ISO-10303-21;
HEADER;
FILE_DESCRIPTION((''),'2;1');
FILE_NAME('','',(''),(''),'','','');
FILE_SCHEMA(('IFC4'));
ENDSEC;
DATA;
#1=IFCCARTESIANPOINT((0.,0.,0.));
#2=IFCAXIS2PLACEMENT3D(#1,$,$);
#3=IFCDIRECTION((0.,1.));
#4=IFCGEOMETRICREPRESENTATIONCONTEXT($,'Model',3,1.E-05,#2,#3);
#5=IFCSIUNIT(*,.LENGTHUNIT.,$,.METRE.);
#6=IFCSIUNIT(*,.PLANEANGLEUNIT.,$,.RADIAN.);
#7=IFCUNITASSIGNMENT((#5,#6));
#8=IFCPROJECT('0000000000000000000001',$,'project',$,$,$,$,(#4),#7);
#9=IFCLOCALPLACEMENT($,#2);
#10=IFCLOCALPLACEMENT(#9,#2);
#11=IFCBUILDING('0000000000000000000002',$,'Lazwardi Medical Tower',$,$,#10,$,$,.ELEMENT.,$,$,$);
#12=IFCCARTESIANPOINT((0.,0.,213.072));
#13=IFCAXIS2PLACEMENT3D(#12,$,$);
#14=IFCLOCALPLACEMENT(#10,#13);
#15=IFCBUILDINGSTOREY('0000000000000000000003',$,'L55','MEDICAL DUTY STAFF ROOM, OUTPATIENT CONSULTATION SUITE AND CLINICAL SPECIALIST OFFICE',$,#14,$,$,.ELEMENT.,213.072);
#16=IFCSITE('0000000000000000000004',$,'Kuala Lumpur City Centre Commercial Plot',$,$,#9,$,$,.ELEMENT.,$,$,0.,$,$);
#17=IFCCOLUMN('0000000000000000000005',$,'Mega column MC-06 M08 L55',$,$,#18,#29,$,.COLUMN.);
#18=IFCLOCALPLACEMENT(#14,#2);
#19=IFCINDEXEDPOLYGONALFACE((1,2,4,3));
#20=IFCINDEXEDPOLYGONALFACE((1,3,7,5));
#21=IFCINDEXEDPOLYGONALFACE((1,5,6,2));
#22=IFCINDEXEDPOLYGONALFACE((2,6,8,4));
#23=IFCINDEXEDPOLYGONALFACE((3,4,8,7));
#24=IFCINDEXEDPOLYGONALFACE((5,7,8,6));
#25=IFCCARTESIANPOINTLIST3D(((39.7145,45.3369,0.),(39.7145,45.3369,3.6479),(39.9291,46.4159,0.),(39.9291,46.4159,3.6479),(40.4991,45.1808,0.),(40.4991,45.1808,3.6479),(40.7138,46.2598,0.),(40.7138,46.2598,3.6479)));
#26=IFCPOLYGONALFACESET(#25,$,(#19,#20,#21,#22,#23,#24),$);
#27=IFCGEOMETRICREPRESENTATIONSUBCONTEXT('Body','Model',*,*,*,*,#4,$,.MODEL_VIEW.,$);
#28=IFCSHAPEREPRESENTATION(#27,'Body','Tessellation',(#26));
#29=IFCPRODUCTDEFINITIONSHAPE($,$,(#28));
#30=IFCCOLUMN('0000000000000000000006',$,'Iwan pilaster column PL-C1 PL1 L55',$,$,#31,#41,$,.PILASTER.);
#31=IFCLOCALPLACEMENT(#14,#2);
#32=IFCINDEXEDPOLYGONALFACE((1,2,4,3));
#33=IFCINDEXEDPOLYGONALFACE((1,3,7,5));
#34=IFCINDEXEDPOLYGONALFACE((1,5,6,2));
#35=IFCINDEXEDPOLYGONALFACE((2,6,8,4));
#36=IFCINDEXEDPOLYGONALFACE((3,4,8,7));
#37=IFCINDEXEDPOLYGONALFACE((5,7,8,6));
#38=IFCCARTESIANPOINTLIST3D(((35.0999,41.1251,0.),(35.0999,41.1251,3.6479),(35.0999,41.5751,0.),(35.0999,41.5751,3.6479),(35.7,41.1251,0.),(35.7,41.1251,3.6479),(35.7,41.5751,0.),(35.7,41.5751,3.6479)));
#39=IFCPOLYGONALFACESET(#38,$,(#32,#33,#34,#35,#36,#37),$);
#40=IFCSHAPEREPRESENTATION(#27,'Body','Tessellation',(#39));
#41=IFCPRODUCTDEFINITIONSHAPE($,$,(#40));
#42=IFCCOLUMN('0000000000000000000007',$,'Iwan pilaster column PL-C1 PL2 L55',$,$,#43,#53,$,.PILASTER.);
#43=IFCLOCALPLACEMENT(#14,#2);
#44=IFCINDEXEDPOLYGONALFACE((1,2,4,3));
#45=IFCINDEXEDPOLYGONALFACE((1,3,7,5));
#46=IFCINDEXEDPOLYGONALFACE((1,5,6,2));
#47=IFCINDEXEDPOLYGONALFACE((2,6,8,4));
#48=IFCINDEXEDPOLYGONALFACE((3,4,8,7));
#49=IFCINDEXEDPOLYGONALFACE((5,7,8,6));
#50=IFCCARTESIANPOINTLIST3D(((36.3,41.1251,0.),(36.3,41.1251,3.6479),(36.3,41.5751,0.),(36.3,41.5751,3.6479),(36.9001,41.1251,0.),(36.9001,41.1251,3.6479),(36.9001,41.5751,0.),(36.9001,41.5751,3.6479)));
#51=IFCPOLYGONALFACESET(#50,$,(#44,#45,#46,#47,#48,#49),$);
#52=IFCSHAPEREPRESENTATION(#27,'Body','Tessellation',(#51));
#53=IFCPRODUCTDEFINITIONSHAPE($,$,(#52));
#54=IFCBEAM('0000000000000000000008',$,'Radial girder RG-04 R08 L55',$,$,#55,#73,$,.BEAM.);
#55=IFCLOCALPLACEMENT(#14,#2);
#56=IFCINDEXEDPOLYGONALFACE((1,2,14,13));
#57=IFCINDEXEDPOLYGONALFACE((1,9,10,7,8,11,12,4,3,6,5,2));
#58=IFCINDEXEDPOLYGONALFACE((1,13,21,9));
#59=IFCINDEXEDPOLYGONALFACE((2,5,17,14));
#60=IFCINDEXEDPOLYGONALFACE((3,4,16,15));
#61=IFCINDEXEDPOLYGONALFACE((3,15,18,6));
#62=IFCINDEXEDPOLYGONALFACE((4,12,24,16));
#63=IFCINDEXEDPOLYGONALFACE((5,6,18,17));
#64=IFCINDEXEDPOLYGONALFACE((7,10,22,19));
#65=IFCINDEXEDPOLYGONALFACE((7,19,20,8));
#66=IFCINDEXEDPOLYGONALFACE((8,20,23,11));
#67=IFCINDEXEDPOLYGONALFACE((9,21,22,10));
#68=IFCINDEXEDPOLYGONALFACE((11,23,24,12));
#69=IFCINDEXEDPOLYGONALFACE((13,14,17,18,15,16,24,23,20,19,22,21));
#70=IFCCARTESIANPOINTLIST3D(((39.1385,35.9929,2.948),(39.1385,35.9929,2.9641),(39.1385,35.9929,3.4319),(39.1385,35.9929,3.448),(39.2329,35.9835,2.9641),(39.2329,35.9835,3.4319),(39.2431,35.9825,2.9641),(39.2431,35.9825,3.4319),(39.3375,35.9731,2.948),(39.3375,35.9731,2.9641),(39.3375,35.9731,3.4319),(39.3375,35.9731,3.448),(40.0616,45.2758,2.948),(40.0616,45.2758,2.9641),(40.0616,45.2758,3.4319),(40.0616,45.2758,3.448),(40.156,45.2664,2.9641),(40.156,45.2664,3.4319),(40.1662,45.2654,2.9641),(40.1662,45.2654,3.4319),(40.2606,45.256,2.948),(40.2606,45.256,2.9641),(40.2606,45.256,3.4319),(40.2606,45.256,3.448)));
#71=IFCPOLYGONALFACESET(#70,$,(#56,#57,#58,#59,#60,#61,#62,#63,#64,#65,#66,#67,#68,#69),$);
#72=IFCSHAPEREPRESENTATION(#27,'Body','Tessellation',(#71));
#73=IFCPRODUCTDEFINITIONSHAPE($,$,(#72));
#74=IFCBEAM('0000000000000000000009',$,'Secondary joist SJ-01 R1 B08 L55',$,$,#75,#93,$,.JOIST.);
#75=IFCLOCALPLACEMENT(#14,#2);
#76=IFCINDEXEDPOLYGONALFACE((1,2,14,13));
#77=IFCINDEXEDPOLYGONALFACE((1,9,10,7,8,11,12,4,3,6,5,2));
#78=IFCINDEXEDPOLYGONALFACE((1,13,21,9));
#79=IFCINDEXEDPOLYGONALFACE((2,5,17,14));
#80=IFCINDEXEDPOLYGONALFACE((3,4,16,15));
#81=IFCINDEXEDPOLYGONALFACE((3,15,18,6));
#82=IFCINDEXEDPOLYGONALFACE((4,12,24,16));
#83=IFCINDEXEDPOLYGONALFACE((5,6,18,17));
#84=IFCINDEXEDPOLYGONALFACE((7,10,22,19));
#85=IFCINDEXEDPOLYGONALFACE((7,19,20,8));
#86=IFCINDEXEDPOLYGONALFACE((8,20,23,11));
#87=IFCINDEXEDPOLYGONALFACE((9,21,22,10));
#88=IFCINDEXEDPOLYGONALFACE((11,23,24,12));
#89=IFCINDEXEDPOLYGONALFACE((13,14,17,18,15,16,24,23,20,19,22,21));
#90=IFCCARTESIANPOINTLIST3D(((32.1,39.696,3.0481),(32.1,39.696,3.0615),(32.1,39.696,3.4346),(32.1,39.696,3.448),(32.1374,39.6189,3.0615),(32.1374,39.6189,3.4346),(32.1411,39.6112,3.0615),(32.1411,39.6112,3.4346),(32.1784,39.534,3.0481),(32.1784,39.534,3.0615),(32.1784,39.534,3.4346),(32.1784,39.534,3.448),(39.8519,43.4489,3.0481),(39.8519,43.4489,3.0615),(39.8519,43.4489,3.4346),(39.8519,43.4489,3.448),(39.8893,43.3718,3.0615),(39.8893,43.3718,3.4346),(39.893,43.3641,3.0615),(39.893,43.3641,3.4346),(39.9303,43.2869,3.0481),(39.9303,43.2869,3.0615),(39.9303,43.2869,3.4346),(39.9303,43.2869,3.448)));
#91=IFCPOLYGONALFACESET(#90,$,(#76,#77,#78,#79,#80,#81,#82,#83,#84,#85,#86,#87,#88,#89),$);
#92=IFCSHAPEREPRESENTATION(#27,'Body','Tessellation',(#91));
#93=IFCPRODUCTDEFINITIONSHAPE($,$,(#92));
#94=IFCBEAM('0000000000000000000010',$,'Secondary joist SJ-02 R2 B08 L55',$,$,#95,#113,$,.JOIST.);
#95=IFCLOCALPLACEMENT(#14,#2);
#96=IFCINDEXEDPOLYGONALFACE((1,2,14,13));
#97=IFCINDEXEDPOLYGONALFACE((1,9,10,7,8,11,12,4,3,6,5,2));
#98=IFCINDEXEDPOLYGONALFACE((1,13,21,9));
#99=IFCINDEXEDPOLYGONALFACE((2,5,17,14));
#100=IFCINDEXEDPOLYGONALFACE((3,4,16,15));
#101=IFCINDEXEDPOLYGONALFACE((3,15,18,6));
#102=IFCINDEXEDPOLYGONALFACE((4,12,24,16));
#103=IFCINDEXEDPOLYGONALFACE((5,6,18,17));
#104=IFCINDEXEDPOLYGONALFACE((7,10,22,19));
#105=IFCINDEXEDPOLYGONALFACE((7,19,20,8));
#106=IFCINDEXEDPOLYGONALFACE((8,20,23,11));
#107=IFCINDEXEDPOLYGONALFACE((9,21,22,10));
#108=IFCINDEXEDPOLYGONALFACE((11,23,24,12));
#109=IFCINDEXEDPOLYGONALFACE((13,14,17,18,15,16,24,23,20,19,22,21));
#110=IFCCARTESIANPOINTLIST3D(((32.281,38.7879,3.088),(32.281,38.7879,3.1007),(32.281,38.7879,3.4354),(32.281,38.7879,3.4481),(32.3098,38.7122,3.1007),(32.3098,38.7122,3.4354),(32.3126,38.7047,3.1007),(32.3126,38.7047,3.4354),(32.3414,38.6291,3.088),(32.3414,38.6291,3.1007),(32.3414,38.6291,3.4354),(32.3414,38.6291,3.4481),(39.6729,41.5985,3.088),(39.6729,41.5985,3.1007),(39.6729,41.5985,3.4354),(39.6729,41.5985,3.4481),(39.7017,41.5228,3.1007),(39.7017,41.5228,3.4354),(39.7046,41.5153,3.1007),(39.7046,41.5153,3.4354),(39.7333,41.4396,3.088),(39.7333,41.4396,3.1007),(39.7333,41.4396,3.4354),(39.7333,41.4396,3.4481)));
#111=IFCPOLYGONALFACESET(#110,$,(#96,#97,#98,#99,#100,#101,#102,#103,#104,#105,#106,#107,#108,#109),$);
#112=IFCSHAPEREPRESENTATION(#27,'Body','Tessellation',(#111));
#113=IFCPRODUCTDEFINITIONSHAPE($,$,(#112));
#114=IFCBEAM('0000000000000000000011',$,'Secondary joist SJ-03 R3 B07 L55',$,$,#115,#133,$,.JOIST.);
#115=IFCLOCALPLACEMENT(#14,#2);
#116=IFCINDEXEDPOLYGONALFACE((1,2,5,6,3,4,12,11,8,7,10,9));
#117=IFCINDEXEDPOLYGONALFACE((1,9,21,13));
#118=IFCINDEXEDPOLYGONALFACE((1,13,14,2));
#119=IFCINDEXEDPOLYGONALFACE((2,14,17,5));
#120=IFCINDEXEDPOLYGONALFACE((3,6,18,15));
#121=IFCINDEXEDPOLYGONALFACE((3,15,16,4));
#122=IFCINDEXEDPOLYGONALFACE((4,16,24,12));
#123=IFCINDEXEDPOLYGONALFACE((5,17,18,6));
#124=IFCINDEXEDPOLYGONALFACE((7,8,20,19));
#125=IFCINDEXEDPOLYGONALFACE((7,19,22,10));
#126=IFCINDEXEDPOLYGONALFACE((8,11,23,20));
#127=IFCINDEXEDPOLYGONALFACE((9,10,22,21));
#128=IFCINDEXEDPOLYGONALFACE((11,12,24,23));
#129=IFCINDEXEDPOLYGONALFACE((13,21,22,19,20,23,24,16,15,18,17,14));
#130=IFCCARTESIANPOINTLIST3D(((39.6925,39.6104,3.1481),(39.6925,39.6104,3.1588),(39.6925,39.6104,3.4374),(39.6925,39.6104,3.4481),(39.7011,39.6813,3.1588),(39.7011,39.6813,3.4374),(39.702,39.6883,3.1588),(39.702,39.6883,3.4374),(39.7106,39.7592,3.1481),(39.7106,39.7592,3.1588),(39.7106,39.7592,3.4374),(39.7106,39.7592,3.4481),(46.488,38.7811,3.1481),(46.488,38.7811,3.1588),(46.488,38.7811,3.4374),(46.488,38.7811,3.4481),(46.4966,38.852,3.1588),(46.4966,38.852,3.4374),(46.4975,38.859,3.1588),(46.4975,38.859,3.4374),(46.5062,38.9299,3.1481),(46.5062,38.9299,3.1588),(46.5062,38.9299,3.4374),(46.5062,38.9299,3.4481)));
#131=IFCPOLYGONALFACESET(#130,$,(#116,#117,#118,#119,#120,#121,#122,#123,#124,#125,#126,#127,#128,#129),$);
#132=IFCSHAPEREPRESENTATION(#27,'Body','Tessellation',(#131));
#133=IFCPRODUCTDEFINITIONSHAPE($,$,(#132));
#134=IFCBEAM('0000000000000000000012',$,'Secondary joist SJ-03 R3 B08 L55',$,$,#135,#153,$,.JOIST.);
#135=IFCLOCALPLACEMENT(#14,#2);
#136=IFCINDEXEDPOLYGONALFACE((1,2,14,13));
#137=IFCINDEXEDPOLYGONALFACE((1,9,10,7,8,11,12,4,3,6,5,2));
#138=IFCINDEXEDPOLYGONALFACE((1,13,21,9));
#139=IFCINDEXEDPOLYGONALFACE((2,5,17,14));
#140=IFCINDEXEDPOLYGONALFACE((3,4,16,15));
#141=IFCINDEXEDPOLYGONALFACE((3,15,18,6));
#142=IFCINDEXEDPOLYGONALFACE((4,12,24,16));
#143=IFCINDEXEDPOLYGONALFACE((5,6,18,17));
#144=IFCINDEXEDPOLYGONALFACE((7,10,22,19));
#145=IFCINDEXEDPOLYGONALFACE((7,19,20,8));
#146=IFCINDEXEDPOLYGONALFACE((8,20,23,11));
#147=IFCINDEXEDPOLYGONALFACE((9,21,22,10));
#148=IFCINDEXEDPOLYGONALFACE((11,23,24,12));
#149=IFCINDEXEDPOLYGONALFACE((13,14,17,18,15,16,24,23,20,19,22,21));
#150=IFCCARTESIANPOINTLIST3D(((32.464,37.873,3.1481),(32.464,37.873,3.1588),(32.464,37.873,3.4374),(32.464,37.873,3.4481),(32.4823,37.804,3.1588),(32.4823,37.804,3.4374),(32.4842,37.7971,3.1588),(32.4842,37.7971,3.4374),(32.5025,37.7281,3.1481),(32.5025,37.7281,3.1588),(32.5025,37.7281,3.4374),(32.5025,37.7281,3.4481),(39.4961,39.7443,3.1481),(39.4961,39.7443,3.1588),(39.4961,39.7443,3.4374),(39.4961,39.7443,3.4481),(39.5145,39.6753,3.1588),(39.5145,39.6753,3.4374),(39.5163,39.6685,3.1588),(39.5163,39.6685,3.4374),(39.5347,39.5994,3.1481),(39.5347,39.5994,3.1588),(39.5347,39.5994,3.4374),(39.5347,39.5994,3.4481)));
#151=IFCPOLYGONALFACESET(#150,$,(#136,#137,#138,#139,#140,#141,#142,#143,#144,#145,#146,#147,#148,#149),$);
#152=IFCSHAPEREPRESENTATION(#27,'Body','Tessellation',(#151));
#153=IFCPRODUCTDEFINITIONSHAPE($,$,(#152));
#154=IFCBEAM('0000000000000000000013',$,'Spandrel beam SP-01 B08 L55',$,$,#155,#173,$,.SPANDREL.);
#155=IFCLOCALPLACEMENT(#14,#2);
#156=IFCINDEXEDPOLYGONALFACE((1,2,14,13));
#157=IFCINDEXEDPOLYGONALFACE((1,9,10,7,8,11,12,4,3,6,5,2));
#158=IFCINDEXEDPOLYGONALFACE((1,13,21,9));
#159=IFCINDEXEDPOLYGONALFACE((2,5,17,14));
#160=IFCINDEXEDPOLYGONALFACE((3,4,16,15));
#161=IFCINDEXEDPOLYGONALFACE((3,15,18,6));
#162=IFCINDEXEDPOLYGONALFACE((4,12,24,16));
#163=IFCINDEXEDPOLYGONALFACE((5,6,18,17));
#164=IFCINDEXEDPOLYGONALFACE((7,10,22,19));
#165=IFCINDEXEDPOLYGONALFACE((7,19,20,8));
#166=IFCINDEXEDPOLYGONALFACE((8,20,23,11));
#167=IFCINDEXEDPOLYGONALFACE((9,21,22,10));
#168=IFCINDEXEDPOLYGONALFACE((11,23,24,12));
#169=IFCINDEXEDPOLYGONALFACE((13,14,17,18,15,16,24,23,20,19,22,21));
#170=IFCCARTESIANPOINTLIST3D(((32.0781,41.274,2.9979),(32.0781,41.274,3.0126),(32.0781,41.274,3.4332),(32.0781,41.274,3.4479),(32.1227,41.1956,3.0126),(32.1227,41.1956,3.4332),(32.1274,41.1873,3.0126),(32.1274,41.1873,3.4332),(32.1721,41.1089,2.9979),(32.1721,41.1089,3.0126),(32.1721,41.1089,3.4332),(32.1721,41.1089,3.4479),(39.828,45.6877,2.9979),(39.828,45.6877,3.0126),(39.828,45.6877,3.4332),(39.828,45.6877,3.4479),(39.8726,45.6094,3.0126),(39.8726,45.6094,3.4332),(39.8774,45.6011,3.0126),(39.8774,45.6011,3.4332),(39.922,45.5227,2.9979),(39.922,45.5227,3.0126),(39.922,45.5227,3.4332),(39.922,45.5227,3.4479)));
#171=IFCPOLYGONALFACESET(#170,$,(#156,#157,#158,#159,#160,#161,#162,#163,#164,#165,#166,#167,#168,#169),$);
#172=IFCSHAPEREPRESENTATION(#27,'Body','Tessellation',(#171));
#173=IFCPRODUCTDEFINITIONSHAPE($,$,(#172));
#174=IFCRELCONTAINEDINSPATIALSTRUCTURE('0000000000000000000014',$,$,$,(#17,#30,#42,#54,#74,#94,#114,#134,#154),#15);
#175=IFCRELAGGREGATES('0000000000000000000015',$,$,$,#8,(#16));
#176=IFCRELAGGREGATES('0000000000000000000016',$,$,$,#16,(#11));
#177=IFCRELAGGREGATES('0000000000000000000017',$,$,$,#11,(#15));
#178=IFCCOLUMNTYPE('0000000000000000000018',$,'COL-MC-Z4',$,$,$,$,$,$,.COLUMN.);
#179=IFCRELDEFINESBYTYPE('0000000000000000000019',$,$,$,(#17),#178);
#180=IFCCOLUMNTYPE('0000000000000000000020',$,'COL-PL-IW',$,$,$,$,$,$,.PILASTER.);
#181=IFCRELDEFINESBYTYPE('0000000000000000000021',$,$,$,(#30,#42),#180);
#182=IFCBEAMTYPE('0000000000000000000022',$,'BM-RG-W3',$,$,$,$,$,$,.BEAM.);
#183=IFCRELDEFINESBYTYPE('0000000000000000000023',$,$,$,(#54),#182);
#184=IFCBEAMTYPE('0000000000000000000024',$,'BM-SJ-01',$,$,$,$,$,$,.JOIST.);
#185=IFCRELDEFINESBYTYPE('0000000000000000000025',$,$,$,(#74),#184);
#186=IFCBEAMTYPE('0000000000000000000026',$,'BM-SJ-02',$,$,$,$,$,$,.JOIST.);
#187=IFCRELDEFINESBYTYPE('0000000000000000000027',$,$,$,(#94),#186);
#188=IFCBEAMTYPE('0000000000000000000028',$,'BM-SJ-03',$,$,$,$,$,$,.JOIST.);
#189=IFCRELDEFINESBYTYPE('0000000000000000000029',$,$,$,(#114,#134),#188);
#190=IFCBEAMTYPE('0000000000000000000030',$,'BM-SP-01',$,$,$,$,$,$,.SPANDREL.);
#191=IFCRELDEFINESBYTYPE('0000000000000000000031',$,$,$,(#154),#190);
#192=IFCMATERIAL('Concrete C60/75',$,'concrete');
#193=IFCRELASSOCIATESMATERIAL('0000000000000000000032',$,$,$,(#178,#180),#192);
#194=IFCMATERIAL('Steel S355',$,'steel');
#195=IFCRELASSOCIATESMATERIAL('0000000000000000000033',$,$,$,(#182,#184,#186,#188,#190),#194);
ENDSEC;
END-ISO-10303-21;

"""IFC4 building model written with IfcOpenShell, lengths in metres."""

from ifc_helpers import new_model, si_unit, direction, frame, origin, origin_2d, place, context, subcontext, project, spatial, rectangle, i_section, extrude, material, material_profile, profile_set, type_object, element, save


model = new_model("IFC4")

# Units and contexts
model_context = context("Model", 3, precision=1e-05, world=origin(), true_north=direction((0.0, 1.0)))
body_context = subcontext(model_context, "Body", "Model", "MODEL_VIEW")
ifc_project = project(units=[si_unit("LENGTHUNIT", "METRE"), si_unit("PLANEANGLEUNIT", "RADIAN")], contexts=[model_context])

# Site, building, storey
site_placement = place(None, origin())
site = spatial("IfcSite", under=ifc_project, at=site_placement, Name="Kuala Lumpur City Centre Commercial Plot", CompositionType="ELEMENT", RefElevation=0.0)
building_placement = place(site_placement, origin())
building = spatial("IfcBuilding", under=site, at=building_placement, Name="Lazwardi Medical Tower", CompositionType="ELEMENT")
storey_placement = place(building_placement, frame((0.0, 0.0, 213.072)))
storey = spatial("IfcBuildingStorey", under=building, at=storey_placement, Name="L55", Description="MEDICAL DUTY STAFF ROOM, OUTPATIENT CONSULTATION SUITE AND CLINICAL SPECIALIST OFFICE", CompositionType="ELEMENT", Elevation=213.072)

# Columns
ifc_material_1 = material(Name="Concrete C60/75", Category="concrete")
ifc_material_profile_1 = material_profile(ifc_material_1, rectangle(XDim=1.1001, YDim=0.8, at=origin_2d()), Name="CFT-RECT 1100x800")
ifc_profile_set_1 = profile_set([ifc_material_profile_1], Name="Concrete C60/75")
column_type_1 = type_object("IfcColumnType", Name="COL-MC-Z4", PredefinedType="COLUMN", material=ifc_profile_set_1)
column_placement = place(storey_placement, frame((40.2141, 45.7983, 0.0), z_axis=(0.0, 0.0, 1.0), x_axis=(0.19509, 0.980785, 0.0)))
element("IfcColumn", 1, at=column_placement, inside=storey, type_object=column_type_1, Name="Mega column MC-06 M08 L55", PredefinedType="COLUMN", context=body_context, shape_type="SweptSolid", body=[
    extrude(rectangle(XDim=1.1001, YDim=0.8, at=origin_2d()), origin(), (0.0, 0.0, 1.0), 3.6479),
])
ifc_material_profile_2 = material_profile(ifc_material_1, rectangle(XDim=0.6001, YDim=0.45, at=origin_2d()), Name="RC 600x450")
ifc_profile_set_2 = profile_set([ifc_material_profile_2], Name="Concrete C60/75")
column_type_2 = type_object("IfcColumnType", Name="COL-PL-IW", PredefinedType="PILASTER", material=ifc_profile_set_2)
for number, where, z_axis, x_axis, name in (
    (2, (35.3999, 41.3501, 0.0), (0.0, 0.0, 1.0), (1.0, 0.0, 0.0), "Iwan pilaster column PL-C1 PL1 L55"),
    (3, (36.6001, 41.3501, 0.0), (0.0, 0.0, 1.0), (1.0, 0.0, 0.0), "Iwan pilaster column PL-C1 PL2 L55"),
):
    element("IfcColumn", number, at=place(storey_placement, frame(where, z_axis=z_axis, x_axis=x_axis)), inside=storey, type_object=column_type_2, Name=name, PredefinedType="PILASTER", context=body_context, shape_type="SweptSolid", body=[
        extrude(rectangle(XDim=0.6001, YDim=0.45, at=origin_2d()), origin(), (0.0, 0.0, 1.0), 3.6479),
    ])

# Beams
ifc_material_2 = material(Name="Steel S355", Category="steel")
ifc_material_profile_3 = material_profile(ifc_material_2, i_section(OverallWidth=0.2, OverallDepth=0.5, WebThickness=0.0103, FlangeThickness=0.0161, at=origin_2d()), Name="IPE 500")
ifc_profile_set_3 = profile_set([ifc_material_profile_3], Name="Steel S355")
beam_type_1 = type_object("IfcBeamType", Name="BM-RG-W3", PredefinedType="BEAM", material=ifc_profile_set_3)
beam_1_placement = place(storey_placement, frame((40.1611, 45.2659, 3.198), z_axis=(-0.098954, -0.995092, 0.0), x_axis=(0.995092, -0.098954, 0.0)))
element("IfcBeam", 4, at=beam_1_placement, inside=storey, type_object=beam_type_1, Name="Radial girder RG-04 R08 L55", PredefinedType="BEAM", context=body_context, shape_type="SweptSolid", body=[
    extrude(i_section(OverallWidth=0.2, OverallDepth=0.5, WebThickness=0.0103, FlangeThickness=0.0161, at=origin_2d()), origin(), (0.0, 0.0, 1.0), 9.3286),
])
ifc_material_profile_4 = material_profile(ifc_material_2, i_section(OverallWidth=0.1799, OverallDepth=0.3999, WebThickness=0.0085, FlangeThickness=0.0134, at=origin_2d()), Name="IPE 400")
ifc_profile_set_4 = profile_set([ifc_material_profile_4], Name="Steel S355")
beam_type_2 = type_object("IfcBeamType", Name="BM-SJ-01", PredefinedType="JOIST", material=ifc_profile_set_4)
beam_2_placement = place(storey_placement, frame((39.8911, 43.3679, 3.248), z_axis=(-0.900069, -0.435748, 0.0), x_axis=(0.435748, -0.900069, 0.0)))
element("IfcBeam", 5, at=beam_2_placement, inside=storey, type_object=beam_type_2, Name="Secondary joist SJ-01 R1 B08 L55", PredefinedType="JOIST", context=body_context, shape_type="SweptSolid", body=[
    extrude(i_section(OverallWidth=0.1799, OverallDepth=0.3999, WebThickness=0.0085, FlangeThickness=0.0134, at=origin_2d()), origin(), (0.0, 0.0, 1.0), 8.6125),
])
ifc_material_profile_5 = material_profile(ifc_material_2, i_section(OverallWidth=0.1699, OverallDepth=0.3601, WebThickness=0.0081, FlangeThickness=0.0127, at=origin_2d()), Name="IPE 360")
ifc_profile_set_5 = profile_set([ifc_material_profile_5], Name="Steel S355")
beam_type_3 = type_object("IfcBeamType", Name="BM-SJ-02", PredefinedType="JOIST", material=ifc_profile_set_5)
beam_3_placement = place(storey_placement, frame((39.7031, 41.519, 3.2681), z_axis=(-0.934714, -0.3554, 0.0), x_axis=(0.3554, -0.934714, 0.0)))
element("IfcBeam", 6, at=beam_3_placement, inside=storey, type_object=beam_type_3, Name="Secondary joist SJ-02 R2 B08 L55", PredefinedType="JOIST", context=body_context, shape_type="SweptSolid", body=[
    extrude(i_section(OverallWidth=0.1699, OverallDepth=0.3601, WebThickness=0.0081, FlangeThickness=0.0127, at=origin_2d()), origin(), (0.0, 0.0, 1.0), 7.9082),
])
ifc_material_profile_6 = material_profile(ifc_material_2, i_section(OverallWidth=0.1499, OverallDepth=0.3, WebThickness=0.0071, FlangeThickness=0.0107, at=origin_2d()), Name="IPE 300")
ifc_profile_set_6 = profile_set([ifc_material_profile_6], Name="Steel S355")
beam_type_4 = type_object("IfcBeamType", Name="BM-SJ-03", PredefinedType="JOIST", material=ifc_profile_set_6)
beam_4_placement = place(storey_placement, frame((46.4971, 38.8555, 3.2981), z_axis=(-0.992635, 0.121146, 0.0), x_axis=(-0.121146, -0.992635, 0.0)))
element("IfcBeam", 7, at=beam_4_placement, inside=storey, type_object=beam_type_4, Name="Secondary joist SJ-03 R3 B07 L55", PredefinedType="JOIST", context=body_context, shape_type="SweptSolid", body=[
    extrude(i_section(OverallWidth=0.1499, OverallDepth=0.3, WebThickness=0.0071, FlangeThickness=0.0107, at=origin_2d()), origin(), (0.0, 0.0, 1.0), 6.8459),
])
beam_5_placement = place(storey_placement, frame((39.5154, 39.6719, 3.2981), z_axis=(-0.966369, -0.257159, 0.0), x_axis=(0.257159, -0.966369, 0.0)))
element("IfcBeam", 8, at=beam_5_placement, inside=storey, type_object=beam_type_4, Name="Secondary joist SJ-03 R3 B08 L55", PredefinedType="JOIST", context=body_context, shape_type="SweptSolid", body=[
    extrude(i_section(OverallWidth=0.1499, OverallDepth=0.3, WebThickness=0.0071, FlangeThickness=0.0107, at=origin_2d()), origin(), (0.0, 0.0, 1.0), 7.2769),
])
ifc_material_profile_7 = material_profile(ifc_material_2, i_section(OverallWidth=0.1899, OverallDepth=0.45, WebThickness=0.0095, FlangeThickness=0.0146, at=origin_2d()), Name="IPE 450")
ifc_profile_set_7 = profile_set([ifc_material_profile_7], Name="Steel S355")
beam_type_5 = type_object("IfcBeamType", Name="BM-SP-01", PredefinedType="SPANDREL", material=ifc_profile_set_7)
beam_6_placement = place(storey_placement, frame((39.875, 45.6052, 3.2229), z_axis=(-0.868955, -0.494891, 0.0), x_axis=(0.494891, -0.868955, 0.0)))
element("IfcBeam", 9, at=beam_6_placement, inside=storey, type_object=beam_type_5, Name="Spandrel beam SP-01 B08 L55", PredefinedType="SPANDREL", context=body_context, shape_type="SweptSolid", body=[
    extrude(i_section(OverallWidth=0.1899, OverallDepth=0.45, WebThickness=0.0095, FlangeThickness=0.0146, at=origin_2d()), origin(), (0.0, 0.0, 1.0), 8.9187),
])

save(model, "model.ifc")
